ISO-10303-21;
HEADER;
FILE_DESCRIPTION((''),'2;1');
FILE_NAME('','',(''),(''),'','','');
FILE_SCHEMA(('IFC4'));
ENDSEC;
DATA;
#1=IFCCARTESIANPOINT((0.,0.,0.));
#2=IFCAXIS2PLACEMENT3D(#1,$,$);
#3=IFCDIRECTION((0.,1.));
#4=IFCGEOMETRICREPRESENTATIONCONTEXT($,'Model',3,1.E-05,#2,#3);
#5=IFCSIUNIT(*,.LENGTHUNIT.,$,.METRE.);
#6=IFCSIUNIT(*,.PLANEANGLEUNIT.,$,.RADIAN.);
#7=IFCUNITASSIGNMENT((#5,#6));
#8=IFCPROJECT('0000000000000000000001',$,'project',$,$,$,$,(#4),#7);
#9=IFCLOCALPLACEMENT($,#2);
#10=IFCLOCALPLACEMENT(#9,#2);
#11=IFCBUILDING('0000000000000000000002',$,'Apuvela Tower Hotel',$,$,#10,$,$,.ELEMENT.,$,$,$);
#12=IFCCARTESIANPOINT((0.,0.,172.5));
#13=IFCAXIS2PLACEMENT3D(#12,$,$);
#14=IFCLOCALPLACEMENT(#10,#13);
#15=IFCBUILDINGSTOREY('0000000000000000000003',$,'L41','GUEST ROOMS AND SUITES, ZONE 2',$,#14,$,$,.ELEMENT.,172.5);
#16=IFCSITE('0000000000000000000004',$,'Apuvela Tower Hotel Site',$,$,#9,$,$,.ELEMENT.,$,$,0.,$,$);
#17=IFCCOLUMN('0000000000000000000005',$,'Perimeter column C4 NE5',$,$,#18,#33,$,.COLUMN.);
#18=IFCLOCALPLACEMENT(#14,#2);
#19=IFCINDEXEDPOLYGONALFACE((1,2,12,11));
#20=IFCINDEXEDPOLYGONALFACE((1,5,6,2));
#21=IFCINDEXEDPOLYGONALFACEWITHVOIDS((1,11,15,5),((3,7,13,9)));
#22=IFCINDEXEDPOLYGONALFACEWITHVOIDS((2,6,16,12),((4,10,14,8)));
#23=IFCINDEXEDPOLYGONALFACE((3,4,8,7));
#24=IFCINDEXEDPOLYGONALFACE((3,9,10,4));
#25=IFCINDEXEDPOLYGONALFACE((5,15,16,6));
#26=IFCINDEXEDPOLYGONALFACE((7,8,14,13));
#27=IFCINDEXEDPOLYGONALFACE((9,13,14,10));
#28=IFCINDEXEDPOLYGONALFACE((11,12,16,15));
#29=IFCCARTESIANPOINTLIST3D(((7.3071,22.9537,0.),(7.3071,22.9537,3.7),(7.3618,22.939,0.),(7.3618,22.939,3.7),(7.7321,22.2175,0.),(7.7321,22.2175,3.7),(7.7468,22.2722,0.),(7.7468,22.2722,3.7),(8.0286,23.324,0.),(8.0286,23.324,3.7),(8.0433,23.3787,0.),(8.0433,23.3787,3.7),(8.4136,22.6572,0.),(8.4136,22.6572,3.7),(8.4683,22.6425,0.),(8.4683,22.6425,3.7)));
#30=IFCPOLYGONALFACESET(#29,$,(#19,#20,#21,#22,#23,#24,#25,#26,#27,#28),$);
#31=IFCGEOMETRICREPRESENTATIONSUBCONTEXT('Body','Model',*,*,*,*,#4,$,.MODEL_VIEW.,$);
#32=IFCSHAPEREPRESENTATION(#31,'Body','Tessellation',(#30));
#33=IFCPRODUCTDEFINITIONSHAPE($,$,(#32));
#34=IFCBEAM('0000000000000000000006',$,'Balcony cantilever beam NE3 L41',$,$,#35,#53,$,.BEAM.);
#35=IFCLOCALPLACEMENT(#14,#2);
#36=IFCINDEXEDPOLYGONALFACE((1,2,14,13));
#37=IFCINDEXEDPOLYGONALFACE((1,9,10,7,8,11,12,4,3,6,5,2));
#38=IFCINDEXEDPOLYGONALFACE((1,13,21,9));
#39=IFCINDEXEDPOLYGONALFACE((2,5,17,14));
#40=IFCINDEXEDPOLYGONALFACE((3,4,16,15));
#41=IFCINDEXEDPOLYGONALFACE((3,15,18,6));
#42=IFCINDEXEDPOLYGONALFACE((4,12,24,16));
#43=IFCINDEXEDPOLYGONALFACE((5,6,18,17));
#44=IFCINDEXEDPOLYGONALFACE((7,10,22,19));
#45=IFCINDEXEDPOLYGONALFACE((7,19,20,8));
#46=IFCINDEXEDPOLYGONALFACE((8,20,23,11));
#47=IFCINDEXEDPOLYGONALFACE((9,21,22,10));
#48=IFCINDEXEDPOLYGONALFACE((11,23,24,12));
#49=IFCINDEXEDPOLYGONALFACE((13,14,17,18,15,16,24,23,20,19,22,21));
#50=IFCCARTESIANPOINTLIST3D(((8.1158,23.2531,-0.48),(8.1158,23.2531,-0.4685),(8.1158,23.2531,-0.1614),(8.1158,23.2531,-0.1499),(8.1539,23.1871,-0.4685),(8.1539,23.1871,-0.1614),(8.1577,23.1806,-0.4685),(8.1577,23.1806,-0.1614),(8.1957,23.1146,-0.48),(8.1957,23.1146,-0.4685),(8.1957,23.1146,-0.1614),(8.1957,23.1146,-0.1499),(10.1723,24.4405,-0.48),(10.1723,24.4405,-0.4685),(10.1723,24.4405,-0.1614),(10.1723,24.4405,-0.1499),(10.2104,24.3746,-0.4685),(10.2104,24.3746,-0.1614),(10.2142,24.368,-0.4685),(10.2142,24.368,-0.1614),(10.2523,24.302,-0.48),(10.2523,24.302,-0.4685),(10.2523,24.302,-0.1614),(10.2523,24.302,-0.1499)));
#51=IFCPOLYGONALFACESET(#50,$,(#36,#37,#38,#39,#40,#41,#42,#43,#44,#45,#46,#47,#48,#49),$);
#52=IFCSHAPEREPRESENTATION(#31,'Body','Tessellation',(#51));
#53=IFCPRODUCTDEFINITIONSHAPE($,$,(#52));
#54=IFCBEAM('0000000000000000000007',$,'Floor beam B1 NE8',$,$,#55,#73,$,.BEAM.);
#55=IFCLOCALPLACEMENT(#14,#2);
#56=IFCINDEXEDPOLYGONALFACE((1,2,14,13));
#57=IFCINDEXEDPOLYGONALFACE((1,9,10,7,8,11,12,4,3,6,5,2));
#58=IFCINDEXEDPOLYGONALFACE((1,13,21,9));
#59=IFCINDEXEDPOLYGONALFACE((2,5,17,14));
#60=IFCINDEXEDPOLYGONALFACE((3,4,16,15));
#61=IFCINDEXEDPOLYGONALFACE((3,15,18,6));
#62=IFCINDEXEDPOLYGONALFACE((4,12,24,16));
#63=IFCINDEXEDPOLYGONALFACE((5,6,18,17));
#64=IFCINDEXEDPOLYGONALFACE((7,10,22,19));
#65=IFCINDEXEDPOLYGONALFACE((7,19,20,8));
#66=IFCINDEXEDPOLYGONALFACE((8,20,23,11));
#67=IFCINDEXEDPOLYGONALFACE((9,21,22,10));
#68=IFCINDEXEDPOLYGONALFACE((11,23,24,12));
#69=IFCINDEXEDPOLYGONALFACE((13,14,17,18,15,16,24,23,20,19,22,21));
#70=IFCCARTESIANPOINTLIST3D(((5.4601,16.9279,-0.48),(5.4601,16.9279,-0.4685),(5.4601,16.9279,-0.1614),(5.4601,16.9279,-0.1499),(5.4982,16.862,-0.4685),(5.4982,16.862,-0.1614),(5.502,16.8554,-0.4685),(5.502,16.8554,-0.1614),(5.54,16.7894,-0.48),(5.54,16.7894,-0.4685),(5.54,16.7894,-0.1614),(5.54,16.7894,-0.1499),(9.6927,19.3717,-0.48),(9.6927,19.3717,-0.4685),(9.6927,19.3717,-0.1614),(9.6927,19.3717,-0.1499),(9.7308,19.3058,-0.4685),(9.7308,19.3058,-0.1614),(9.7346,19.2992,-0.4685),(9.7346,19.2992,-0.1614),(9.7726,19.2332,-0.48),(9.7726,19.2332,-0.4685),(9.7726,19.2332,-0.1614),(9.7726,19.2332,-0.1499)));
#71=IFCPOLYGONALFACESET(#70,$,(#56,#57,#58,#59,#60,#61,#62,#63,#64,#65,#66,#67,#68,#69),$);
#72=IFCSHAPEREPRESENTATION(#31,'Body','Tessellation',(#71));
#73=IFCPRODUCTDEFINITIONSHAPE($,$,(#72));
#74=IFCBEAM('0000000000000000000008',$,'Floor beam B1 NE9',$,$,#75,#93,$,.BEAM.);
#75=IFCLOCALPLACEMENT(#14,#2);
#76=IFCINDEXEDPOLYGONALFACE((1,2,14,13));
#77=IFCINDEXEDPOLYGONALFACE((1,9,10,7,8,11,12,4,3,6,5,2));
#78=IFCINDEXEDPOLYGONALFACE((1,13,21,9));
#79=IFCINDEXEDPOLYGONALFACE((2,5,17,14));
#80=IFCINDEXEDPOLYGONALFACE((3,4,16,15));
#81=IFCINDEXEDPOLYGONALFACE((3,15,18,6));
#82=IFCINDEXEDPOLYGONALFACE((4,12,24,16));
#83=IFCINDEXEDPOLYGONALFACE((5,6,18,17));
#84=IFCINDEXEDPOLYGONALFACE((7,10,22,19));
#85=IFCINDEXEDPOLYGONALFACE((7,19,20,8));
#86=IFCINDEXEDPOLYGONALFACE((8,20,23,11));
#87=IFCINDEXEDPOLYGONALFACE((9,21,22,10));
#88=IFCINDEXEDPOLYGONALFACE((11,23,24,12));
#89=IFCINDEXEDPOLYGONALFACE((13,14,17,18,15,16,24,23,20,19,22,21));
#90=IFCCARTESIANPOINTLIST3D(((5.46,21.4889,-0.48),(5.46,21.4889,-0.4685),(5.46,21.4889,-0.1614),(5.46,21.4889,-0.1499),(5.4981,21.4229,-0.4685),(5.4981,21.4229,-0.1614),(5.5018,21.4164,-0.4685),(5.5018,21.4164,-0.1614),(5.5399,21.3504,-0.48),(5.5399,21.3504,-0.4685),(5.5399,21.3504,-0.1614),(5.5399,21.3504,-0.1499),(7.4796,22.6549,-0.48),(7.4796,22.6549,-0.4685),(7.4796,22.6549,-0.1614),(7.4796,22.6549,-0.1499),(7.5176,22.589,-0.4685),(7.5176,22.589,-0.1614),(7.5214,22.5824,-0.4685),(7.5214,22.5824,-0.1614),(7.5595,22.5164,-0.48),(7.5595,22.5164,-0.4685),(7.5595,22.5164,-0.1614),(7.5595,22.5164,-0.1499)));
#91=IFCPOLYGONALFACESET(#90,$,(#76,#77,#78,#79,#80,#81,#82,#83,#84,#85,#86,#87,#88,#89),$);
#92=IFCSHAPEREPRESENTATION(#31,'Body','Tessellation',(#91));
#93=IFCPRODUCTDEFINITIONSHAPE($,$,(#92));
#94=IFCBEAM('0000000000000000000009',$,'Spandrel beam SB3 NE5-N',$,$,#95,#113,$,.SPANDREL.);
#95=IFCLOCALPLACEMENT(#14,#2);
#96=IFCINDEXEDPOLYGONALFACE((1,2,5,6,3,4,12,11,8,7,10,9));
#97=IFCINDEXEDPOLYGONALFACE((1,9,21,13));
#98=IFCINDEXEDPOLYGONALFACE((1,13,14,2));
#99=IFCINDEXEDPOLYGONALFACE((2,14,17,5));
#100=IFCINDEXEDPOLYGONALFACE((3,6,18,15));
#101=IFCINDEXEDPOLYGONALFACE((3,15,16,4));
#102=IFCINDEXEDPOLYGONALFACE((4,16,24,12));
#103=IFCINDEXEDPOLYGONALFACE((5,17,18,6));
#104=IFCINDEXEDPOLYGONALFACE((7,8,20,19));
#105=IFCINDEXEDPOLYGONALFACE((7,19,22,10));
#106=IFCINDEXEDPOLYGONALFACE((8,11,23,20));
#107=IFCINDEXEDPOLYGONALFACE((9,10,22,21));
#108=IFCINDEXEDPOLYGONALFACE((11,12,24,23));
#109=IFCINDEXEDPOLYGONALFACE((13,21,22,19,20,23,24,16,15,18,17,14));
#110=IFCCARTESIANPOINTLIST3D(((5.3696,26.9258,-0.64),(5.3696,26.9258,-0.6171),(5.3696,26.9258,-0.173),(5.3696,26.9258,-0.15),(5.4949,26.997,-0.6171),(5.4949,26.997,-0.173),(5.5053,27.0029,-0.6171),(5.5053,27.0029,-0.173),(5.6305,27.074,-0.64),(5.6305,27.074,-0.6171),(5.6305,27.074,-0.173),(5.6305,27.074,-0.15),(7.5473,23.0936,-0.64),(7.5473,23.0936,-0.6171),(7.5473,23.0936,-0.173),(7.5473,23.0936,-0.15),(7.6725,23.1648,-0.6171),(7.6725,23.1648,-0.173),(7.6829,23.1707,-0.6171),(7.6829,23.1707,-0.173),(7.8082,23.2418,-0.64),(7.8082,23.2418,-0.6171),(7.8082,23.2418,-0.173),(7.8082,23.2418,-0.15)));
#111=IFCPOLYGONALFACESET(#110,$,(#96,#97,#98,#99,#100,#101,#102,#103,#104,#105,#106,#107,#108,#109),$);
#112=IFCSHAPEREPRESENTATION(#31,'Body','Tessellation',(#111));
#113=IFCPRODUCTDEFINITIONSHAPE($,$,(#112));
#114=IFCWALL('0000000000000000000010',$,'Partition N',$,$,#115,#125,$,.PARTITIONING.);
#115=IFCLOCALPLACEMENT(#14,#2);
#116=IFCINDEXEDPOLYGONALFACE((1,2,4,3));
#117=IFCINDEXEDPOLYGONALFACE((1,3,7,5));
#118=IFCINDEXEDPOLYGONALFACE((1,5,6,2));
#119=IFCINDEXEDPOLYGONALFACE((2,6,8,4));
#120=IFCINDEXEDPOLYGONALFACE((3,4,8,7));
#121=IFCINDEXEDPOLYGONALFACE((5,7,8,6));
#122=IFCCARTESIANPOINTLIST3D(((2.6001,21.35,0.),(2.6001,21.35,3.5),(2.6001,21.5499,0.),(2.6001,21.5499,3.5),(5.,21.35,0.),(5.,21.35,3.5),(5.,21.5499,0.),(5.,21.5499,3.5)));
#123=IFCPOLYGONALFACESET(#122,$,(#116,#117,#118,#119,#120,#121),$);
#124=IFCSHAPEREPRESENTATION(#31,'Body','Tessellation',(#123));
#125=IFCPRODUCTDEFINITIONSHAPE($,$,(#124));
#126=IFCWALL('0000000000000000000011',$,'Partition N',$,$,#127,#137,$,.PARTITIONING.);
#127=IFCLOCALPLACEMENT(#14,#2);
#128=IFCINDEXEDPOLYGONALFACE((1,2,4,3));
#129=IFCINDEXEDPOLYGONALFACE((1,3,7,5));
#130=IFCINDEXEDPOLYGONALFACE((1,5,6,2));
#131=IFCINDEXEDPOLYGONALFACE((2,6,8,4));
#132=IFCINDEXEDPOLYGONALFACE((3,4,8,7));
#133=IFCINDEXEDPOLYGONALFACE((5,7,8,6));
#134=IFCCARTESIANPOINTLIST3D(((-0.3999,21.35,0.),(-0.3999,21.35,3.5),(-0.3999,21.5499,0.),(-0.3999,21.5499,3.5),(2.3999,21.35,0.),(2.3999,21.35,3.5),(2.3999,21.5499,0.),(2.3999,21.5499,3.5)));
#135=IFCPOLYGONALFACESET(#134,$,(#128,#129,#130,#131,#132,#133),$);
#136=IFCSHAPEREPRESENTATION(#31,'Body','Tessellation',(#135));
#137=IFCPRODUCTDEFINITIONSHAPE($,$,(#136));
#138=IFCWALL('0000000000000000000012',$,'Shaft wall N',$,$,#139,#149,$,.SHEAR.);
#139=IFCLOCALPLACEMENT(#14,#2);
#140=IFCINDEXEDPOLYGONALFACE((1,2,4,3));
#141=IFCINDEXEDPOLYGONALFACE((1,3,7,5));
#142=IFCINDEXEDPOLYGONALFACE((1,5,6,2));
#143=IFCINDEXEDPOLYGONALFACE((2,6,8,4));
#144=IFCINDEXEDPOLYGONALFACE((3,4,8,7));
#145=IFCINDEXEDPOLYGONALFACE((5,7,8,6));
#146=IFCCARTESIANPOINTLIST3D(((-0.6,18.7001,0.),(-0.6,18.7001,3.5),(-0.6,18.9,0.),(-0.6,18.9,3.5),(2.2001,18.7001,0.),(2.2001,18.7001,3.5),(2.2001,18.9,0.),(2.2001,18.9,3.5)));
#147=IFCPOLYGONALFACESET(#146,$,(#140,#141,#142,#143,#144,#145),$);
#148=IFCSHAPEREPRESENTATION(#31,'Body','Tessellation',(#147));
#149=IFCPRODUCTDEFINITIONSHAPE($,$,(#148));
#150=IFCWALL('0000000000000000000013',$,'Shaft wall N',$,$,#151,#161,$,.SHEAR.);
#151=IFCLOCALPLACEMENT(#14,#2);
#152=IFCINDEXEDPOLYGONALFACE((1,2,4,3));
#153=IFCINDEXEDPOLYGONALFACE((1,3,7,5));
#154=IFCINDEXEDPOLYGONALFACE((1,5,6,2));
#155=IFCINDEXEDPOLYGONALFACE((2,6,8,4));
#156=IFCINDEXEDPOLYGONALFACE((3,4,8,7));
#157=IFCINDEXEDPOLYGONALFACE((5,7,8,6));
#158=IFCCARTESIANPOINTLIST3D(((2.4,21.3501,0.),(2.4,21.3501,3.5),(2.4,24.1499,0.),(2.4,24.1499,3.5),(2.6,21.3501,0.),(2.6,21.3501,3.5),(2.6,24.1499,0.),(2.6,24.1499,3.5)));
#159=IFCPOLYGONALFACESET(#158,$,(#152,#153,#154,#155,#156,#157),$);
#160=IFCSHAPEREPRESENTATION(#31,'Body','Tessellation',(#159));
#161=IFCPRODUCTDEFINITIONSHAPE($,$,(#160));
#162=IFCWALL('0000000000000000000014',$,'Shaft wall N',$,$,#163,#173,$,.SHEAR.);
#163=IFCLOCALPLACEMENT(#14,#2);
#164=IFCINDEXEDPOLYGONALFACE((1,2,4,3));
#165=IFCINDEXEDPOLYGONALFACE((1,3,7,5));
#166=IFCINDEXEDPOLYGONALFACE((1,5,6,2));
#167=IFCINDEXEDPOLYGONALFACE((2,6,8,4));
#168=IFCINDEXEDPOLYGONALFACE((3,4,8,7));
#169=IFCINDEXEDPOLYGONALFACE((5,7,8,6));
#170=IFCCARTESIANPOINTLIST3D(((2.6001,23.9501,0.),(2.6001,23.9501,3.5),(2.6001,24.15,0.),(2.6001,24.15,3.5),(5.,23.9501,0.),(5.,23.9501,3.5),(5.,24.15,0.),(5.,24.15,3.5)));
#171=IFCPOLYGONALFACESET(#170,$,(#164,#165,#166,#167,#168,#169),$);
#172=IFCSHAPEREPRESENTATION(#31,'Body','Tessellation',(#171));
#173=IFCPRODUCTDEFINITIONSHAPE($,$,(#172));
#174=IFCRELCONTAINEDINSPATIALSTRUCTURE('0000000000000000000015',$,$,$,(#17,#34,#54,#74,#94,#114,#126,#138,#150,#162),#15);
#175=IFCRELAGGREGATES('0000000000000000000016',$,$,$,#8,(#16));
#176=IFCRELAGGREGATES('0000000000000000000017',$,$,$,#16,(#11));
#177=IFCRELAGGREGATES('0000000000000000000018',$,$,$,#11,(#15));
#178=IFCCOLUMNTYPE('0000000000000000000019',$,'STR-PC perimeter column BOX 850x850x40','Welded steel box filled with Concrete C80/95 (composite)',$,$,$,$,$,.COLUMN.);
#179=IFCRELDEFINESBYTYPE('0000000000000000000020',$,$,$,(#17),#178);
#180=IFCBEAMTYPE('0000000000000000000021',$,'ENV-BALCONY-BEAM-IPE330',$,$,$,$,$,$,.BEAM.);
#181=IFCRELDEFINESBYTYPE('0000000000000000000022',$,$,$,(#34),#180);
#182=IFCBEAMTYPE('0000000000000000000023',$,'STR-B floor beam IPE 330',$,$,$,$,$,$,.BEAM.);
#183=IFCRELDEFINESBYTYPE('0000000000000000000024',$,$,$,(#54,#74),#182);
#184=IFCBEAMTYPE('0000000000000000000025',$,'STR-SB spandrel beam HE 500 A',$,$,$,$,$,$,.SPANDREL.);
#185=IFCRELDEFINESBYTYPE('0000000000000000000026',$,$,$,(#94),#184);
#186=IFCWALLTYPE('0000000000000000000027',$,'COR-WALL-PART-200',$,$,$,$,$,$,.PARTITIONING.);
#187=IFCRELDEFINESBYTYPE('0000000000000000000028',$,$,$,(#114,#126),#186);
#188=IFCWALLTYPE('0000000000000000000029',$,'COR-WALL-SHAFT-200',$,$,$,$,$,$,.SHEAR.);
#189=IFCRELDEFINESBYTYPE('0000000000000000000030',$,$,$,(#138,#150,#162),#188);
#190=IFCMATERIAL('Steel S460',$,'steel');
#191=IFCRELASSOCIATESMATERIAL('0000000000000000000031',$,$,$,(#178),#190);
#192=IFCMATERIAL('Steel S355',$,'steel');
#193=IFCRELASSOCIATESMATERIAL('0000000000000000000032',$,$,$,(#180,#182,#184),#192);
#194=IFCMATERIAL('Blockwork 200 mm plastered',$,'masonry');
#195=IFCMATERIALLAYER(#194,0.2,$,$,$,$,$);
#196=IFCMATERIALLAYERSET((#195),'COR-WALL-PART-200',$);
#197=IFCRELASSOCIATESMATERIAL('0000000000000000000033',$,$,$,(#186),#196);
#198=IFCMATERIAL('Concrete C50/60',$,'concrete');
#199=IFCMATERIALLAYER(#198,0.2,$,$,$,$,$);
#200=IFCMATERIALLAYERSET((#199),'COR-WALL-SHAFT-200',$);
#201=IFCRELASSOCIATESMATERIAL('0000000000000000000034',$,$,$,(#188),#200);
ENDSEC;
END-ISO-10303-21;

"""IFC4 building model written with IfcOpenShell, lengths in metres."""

from ifc_helpers import new_model, si_unit, direction, frame, frame_2d, origin, origin_2d, place, context, subcontext, project, spatial, rectangle, hollow_rectangle, i_section, extrude, material, layer, layer_set, material_profile, profile_set, type_object, element, save


model = new_model("IFC4")

# Units and contexts
model_context = context("Model", 3, precision=1e-05, world=origin(), true_north=direction((0.0, 1.0)))
body_context = subcontext(model_context, "Body", "Model", "MODEL_VIEW")
ifc_project = project(units=[si_unit("LENGTHUNIT", "METRE"), si_unit("PLANEANGLEUNIT", "RADIAN")], contexts=[model_context])

# Site, building, storey
site_placement = place(None, origin())
site = spatial("IfcSite", under=ifc_project, at=site_placement, Name="Apuvela Tower Hotel Site", CompositionType="ELEMENT", RefElevation=0.0)
building_placement = place(site_placement, origin())
building = spatial("IfcBuilding", under=site, at=building_placement, Name="Apuvela Tower Hotel", CompositionType="ELEMENT")
storey_placement = place(building_placement, frame((0.0, 0.0, 172.5)))
storey = spatial("IfcBuildingStorey", under=building, at=storey_placement, Name="L41", Description="GUEST ROOMS AND SUITES, ZONE 2", CompositionType="ELEMENT", Elevation=172.5)

# Column
ifc_material_1 = material(Name="Steel S460", Category="steel")
ifc_material_profile_1 = material_profile(ifc_material_1, hollow_rectangle(XDim=0.8501, YDim=0.8501, WallThickness=0.04, at=origin_2d()), Name="BOX 850x850x40")
ifc_material_2 = material(Name="Concrete C80/95", Category="concrete")
ifc_material_profile_2 = material_profile(ifc_material_2, rectangle(XDim=0.77, YDim=0.77, at=origin_2d()), Name="Concrete C80/95 infill")
ifc_profile_set_1 = profile_set([ifc_material_profile_1, ifc_material_profile_2], Name="Steel S460")
column_type = type_object("IfcColumnType", Name="STR-PC perimeter column BOX 850x850x40", Description="Welded steel box filled with Concrete C80/95 (composite)", PredefinedType="COLUMN", material=ifc_profile_set_1)
column_placement = place(storey_placement, frame((7.8877, 22.7981, 0.0), z_axis=(0.0, 0.0, 1.0), x_axis=(-0.5, 0.866025, 0.0)))
element("IfcColumn", 1, at=column_placement, inside=storey, type_object=column_type, Name="Perimeter column C4 NE5", PredefinedType="COLUMN", context=body_context, shape_type="SweptSolid", body=[
    extrude(hollow_rectangle(XDim=0.8501, YDim=0.8501, WallThickness=0.04, at=origin_2d()), origin(), (0.0, 0.0, 1.0), 3.7),
])

# Beams
ifc_material_3 = material(Name="Steel S355", Category="steel")
ifc_material_profile_3 = material_profile(ifc_material_3, i_section(OverallWidth=0.1599, OverallDepth=0.3301, WebThickness=0.0076, FlangeThickness=0.0115, at=origin_2d()), Name="IPE 330")
ifc_profile_set_2 = profile_set([ifc_material_profile_3], Name="Steel S355")
beam_type_1 = type_object("IfcBeamType", Name="ENV-BALCONY-BEAM-IPE330", PredefinedType="BEAM", material=ifc_profile_set_2)
beam_1_placement = place(storey_placement, frame((8.1558, 23.1838, -0.3149), z_axis=(0.866008, 0.500031, 0.0), x_axis=(-0.500031, 0.866008, 0.0)))
element("IfcBeam", 2, at=beam_1_placement, inside=storey, type_object=beam_type_1, Name="Balcony cantilever beam NE3 L41", PredefinedType="BEAM", context=body_context, shape_type="SweptSolid", body=[
    extrude(i_section(OverallWidth=0.1599, OverallDepth=0.3301, WebThickness=0.0076, FlangeThickness=0.0115, at=origin_2d()), origin(), (0.0, 0.0, 1.0), 2.3748),
])
ifc_material_profile_4 = material_profile(ifc_material_3, i_section(OverallWidth=0.1599, OverallDepth=0.3301, WebThickness=0.0076, FlangeThickness=0.0115, at=origin_2d()), Name="IPE 330")
ifc_profile_set_3 = profile_set([ifc_material_profile_4], Name="Steel S355")
beam_type_2 = type_object("IfcBeamType", Name="STR-B floor beam IPE 330", PredefinedType="BEAM", material=ifc_profile_set_3)
beam_2_placement = place(storey_placement, frame((9.7327, 19.3025, -0.3149), z_axis=(-0.866015, -0.500018, 0.0), x_axis=(0.500018, -0.866015, 0.0)))
element("IfcBeam", 3, at=beam_2_placement, inside=storey, type_object=beam_type_2, Name="Floor beam B1 NE8", PredefinedType="BEAM", context=body_context, shape_type="SweptSolid", body=[
    extrude(i_section(OverallWidth=0.1599, OverallDepth=0.3301, WebThickness=0.0076, FlangeThickness=0.0115, at=origin_2d()), origin(), (0.0, 0.0, 1.0), 4.8875),
])
beam_3_placement = place(storey_placement, frame((7.5195, 22.5857, -0.3149), z_axis=(-0.866018, -0.500012, 0.0), x_axis=(0.500012, -0.866018, 0.0)))
element("IfcBeam", 4, at=beam_3_placement, inside=storey, type_object=beam_type_2, Name="Floor beam B1 NE9", PredefinedType="BEAM", context=body_context, shape_type="SweptSolid", body=[
    extrude(i_section(OverallWidth=0.1599, OverallDepth=0.3301, WebThickness=0.0076, FlangeThickness=0.0115, at=origin_2d()), origin(), (0.0, 0.0, 1.0), 2.332),
])
ifc_material_profile_5 = material_profile(ifc_material_3, i_section(OverallWidth=0.3, OverallDepth=0.49, WebThickness=0.012, FlangeThickness=0.0229, at=origin_2d()), Name="HE 500 A")
ifc_profile_set_4 = profile_set([ifc_material_profile_5], Name="Steel S355")
beam_type_3 = type_object("IfcBeamType", Name="STR-SB spandrel beam HE 500 A", PredefinedType="SPANDREL", material=ifc_profile_set_4)
beam_4_placement = place(storey_placement, frame((7.6777, 23.1677, -0.395), z_axis=(-0.494062, 0.869427, 0.0), x_axis=(-0.869427, -0.494062, 0.0)))
element("IfcBeam", 5, at=beam_4_placement, inside=storey, type_object=beam_type_3, Name="Spandrel beam SB3 NE5-N", PredefinedType="SPANDREL", context=body_context, shape_type="SweptSolid", body=[
    extrude(i_section(OverallWidth=0.3, OverallDepth=0.49, WebThickness=0.012, FlangeThickness=0.0229, at=origin_2d()), origin(), (0.0, 0.0, 1.0), 4.4077),
])

# Walls
ifc_material_4 = material(Name="Blockwork 200 mm plastered", Category="masonry")
ifc_layer_1 = layer(ifc_material_4, 0.2)
ifc_layer_set_1 = layer_set([ifc_layer_1], Name="COR-WALL-PART-200")
wall_type_1 = type_object("IfcWallType", Name="COR-WALL-PART-200", PredefinedType="PARTITIONING", material=ifc_layer_set_1)
wall_1_placement = place(storey_placement, frame((5.0, 21.45, 0.0), z_axis=(0.0, 0.0, 1.0), x_axis=(-1.0, 0.0, 0.0)))
element("IfcWall", 6, at=wall_1_placement, inside=storey, type_object=wall_type_1, Name="Partition N", PredefinedType="PARTITIONING", context=body_context, shape_type="SweptSolid", body=[
    extrude(rectangle(XDim=2.3999, YDim=0.2, at=frame_2d((1.2, 0.0))), origin(), (0.0, 0.0, 1.0), 3.5),
])
wall_2_placement = place(storey_placement, frame((2.3999, 21.45, 0.0), z_axis=(0.0, 0.0, 1.0), x_axis=(-1.0, 0.0, 0.0)))
element("IfcWall", 7, at=wall_2_placement, inside=storey, type_object=wall_type_1, Name="Partition N", PredefinedType="PARTITIONING", context=body_context, shape_type="SweptSolid", body=[
    extrude(rectangle(XDim=2.7998, YDim=0.2, at=frame_2d((1.3999, 0.0))), origin(), (0.0, 0.0, 1.0), 3.5),
])
ifc_material_5 = material(Name="Concrete C50/60", Category="concrete")
ifc_layer_2 = layer(ifc_material_5, 0.2)
ifc_layer_set_2 = layer_set([ifc_layer_2], Name="COR-WALL-SHAFT-200")
wall_type_2 = type_object("IfcWallType", Name="COR-WALL-SHAFT-200", PredefinedType="SHEAR", material=ifc_layer_set_2)
wall_3_placement = place(storey_placement, frame((2.2, 18.8, 0.0), z_axis=(0.0, 0.0, 1.0), x_axis=(-1.0, 0.0, 0.0)))
element("IfcWall", 8, at=wall_3_placement, inside=storey, type_object=wall_type_2, Name="Shaft wall N", PredefinedType="SHEAR", context=body_context, shape_type="SweptSolid", body=[
    extrude(rectangle(XDim=2.8, YDim=0.2, at=frame_2d((1.3999, 0.0))), origin(), (0.0, 0.0, 1.0), 3.5),
])
wall_4_placement = place(storey_placement, frame((2.5, 21.3501, 0.0), z_axis=(0.0, 0.0, 1.0), x_axis=(0.0, 1.0, 0.0)))
element("IfcWall", 9, at=wall_4_placement, inside=storey, type_object=wall_type_2, Name="Shaft wall N", PredefinedType="SHEAR", context=body_context, shape_type="SweptSolid", body=[
    extrude(rectangle(XDim=2.7998, YDim=0.2, at=frame_2d((1.3999, 0.0))), origin(), (0.0, 0.0, 1.0), 3.5),
])
wall_5_placement = place(storey_placement, frame((5.0, 24.05, 0.0), z_axis=(0.0, 0.0, 1.0), x_axis=(-1.0, 0.0, 0.0)))
element("IfcWall", 10, at=wall_5_placement, inside=storey, type_object=wall_type_2, Name="Shaft wall N", PredefinedType="SHEAR", context=body_context, shape_type="SweptSolid", body=[
    extrude(rectangle(XDim=2.3999, YDim=0.2, at=frame_2d((1.2, 0.0))), origin(), (0.0, 0.0, 1.0), 3.5),
])

save(model, "model.ifc")
